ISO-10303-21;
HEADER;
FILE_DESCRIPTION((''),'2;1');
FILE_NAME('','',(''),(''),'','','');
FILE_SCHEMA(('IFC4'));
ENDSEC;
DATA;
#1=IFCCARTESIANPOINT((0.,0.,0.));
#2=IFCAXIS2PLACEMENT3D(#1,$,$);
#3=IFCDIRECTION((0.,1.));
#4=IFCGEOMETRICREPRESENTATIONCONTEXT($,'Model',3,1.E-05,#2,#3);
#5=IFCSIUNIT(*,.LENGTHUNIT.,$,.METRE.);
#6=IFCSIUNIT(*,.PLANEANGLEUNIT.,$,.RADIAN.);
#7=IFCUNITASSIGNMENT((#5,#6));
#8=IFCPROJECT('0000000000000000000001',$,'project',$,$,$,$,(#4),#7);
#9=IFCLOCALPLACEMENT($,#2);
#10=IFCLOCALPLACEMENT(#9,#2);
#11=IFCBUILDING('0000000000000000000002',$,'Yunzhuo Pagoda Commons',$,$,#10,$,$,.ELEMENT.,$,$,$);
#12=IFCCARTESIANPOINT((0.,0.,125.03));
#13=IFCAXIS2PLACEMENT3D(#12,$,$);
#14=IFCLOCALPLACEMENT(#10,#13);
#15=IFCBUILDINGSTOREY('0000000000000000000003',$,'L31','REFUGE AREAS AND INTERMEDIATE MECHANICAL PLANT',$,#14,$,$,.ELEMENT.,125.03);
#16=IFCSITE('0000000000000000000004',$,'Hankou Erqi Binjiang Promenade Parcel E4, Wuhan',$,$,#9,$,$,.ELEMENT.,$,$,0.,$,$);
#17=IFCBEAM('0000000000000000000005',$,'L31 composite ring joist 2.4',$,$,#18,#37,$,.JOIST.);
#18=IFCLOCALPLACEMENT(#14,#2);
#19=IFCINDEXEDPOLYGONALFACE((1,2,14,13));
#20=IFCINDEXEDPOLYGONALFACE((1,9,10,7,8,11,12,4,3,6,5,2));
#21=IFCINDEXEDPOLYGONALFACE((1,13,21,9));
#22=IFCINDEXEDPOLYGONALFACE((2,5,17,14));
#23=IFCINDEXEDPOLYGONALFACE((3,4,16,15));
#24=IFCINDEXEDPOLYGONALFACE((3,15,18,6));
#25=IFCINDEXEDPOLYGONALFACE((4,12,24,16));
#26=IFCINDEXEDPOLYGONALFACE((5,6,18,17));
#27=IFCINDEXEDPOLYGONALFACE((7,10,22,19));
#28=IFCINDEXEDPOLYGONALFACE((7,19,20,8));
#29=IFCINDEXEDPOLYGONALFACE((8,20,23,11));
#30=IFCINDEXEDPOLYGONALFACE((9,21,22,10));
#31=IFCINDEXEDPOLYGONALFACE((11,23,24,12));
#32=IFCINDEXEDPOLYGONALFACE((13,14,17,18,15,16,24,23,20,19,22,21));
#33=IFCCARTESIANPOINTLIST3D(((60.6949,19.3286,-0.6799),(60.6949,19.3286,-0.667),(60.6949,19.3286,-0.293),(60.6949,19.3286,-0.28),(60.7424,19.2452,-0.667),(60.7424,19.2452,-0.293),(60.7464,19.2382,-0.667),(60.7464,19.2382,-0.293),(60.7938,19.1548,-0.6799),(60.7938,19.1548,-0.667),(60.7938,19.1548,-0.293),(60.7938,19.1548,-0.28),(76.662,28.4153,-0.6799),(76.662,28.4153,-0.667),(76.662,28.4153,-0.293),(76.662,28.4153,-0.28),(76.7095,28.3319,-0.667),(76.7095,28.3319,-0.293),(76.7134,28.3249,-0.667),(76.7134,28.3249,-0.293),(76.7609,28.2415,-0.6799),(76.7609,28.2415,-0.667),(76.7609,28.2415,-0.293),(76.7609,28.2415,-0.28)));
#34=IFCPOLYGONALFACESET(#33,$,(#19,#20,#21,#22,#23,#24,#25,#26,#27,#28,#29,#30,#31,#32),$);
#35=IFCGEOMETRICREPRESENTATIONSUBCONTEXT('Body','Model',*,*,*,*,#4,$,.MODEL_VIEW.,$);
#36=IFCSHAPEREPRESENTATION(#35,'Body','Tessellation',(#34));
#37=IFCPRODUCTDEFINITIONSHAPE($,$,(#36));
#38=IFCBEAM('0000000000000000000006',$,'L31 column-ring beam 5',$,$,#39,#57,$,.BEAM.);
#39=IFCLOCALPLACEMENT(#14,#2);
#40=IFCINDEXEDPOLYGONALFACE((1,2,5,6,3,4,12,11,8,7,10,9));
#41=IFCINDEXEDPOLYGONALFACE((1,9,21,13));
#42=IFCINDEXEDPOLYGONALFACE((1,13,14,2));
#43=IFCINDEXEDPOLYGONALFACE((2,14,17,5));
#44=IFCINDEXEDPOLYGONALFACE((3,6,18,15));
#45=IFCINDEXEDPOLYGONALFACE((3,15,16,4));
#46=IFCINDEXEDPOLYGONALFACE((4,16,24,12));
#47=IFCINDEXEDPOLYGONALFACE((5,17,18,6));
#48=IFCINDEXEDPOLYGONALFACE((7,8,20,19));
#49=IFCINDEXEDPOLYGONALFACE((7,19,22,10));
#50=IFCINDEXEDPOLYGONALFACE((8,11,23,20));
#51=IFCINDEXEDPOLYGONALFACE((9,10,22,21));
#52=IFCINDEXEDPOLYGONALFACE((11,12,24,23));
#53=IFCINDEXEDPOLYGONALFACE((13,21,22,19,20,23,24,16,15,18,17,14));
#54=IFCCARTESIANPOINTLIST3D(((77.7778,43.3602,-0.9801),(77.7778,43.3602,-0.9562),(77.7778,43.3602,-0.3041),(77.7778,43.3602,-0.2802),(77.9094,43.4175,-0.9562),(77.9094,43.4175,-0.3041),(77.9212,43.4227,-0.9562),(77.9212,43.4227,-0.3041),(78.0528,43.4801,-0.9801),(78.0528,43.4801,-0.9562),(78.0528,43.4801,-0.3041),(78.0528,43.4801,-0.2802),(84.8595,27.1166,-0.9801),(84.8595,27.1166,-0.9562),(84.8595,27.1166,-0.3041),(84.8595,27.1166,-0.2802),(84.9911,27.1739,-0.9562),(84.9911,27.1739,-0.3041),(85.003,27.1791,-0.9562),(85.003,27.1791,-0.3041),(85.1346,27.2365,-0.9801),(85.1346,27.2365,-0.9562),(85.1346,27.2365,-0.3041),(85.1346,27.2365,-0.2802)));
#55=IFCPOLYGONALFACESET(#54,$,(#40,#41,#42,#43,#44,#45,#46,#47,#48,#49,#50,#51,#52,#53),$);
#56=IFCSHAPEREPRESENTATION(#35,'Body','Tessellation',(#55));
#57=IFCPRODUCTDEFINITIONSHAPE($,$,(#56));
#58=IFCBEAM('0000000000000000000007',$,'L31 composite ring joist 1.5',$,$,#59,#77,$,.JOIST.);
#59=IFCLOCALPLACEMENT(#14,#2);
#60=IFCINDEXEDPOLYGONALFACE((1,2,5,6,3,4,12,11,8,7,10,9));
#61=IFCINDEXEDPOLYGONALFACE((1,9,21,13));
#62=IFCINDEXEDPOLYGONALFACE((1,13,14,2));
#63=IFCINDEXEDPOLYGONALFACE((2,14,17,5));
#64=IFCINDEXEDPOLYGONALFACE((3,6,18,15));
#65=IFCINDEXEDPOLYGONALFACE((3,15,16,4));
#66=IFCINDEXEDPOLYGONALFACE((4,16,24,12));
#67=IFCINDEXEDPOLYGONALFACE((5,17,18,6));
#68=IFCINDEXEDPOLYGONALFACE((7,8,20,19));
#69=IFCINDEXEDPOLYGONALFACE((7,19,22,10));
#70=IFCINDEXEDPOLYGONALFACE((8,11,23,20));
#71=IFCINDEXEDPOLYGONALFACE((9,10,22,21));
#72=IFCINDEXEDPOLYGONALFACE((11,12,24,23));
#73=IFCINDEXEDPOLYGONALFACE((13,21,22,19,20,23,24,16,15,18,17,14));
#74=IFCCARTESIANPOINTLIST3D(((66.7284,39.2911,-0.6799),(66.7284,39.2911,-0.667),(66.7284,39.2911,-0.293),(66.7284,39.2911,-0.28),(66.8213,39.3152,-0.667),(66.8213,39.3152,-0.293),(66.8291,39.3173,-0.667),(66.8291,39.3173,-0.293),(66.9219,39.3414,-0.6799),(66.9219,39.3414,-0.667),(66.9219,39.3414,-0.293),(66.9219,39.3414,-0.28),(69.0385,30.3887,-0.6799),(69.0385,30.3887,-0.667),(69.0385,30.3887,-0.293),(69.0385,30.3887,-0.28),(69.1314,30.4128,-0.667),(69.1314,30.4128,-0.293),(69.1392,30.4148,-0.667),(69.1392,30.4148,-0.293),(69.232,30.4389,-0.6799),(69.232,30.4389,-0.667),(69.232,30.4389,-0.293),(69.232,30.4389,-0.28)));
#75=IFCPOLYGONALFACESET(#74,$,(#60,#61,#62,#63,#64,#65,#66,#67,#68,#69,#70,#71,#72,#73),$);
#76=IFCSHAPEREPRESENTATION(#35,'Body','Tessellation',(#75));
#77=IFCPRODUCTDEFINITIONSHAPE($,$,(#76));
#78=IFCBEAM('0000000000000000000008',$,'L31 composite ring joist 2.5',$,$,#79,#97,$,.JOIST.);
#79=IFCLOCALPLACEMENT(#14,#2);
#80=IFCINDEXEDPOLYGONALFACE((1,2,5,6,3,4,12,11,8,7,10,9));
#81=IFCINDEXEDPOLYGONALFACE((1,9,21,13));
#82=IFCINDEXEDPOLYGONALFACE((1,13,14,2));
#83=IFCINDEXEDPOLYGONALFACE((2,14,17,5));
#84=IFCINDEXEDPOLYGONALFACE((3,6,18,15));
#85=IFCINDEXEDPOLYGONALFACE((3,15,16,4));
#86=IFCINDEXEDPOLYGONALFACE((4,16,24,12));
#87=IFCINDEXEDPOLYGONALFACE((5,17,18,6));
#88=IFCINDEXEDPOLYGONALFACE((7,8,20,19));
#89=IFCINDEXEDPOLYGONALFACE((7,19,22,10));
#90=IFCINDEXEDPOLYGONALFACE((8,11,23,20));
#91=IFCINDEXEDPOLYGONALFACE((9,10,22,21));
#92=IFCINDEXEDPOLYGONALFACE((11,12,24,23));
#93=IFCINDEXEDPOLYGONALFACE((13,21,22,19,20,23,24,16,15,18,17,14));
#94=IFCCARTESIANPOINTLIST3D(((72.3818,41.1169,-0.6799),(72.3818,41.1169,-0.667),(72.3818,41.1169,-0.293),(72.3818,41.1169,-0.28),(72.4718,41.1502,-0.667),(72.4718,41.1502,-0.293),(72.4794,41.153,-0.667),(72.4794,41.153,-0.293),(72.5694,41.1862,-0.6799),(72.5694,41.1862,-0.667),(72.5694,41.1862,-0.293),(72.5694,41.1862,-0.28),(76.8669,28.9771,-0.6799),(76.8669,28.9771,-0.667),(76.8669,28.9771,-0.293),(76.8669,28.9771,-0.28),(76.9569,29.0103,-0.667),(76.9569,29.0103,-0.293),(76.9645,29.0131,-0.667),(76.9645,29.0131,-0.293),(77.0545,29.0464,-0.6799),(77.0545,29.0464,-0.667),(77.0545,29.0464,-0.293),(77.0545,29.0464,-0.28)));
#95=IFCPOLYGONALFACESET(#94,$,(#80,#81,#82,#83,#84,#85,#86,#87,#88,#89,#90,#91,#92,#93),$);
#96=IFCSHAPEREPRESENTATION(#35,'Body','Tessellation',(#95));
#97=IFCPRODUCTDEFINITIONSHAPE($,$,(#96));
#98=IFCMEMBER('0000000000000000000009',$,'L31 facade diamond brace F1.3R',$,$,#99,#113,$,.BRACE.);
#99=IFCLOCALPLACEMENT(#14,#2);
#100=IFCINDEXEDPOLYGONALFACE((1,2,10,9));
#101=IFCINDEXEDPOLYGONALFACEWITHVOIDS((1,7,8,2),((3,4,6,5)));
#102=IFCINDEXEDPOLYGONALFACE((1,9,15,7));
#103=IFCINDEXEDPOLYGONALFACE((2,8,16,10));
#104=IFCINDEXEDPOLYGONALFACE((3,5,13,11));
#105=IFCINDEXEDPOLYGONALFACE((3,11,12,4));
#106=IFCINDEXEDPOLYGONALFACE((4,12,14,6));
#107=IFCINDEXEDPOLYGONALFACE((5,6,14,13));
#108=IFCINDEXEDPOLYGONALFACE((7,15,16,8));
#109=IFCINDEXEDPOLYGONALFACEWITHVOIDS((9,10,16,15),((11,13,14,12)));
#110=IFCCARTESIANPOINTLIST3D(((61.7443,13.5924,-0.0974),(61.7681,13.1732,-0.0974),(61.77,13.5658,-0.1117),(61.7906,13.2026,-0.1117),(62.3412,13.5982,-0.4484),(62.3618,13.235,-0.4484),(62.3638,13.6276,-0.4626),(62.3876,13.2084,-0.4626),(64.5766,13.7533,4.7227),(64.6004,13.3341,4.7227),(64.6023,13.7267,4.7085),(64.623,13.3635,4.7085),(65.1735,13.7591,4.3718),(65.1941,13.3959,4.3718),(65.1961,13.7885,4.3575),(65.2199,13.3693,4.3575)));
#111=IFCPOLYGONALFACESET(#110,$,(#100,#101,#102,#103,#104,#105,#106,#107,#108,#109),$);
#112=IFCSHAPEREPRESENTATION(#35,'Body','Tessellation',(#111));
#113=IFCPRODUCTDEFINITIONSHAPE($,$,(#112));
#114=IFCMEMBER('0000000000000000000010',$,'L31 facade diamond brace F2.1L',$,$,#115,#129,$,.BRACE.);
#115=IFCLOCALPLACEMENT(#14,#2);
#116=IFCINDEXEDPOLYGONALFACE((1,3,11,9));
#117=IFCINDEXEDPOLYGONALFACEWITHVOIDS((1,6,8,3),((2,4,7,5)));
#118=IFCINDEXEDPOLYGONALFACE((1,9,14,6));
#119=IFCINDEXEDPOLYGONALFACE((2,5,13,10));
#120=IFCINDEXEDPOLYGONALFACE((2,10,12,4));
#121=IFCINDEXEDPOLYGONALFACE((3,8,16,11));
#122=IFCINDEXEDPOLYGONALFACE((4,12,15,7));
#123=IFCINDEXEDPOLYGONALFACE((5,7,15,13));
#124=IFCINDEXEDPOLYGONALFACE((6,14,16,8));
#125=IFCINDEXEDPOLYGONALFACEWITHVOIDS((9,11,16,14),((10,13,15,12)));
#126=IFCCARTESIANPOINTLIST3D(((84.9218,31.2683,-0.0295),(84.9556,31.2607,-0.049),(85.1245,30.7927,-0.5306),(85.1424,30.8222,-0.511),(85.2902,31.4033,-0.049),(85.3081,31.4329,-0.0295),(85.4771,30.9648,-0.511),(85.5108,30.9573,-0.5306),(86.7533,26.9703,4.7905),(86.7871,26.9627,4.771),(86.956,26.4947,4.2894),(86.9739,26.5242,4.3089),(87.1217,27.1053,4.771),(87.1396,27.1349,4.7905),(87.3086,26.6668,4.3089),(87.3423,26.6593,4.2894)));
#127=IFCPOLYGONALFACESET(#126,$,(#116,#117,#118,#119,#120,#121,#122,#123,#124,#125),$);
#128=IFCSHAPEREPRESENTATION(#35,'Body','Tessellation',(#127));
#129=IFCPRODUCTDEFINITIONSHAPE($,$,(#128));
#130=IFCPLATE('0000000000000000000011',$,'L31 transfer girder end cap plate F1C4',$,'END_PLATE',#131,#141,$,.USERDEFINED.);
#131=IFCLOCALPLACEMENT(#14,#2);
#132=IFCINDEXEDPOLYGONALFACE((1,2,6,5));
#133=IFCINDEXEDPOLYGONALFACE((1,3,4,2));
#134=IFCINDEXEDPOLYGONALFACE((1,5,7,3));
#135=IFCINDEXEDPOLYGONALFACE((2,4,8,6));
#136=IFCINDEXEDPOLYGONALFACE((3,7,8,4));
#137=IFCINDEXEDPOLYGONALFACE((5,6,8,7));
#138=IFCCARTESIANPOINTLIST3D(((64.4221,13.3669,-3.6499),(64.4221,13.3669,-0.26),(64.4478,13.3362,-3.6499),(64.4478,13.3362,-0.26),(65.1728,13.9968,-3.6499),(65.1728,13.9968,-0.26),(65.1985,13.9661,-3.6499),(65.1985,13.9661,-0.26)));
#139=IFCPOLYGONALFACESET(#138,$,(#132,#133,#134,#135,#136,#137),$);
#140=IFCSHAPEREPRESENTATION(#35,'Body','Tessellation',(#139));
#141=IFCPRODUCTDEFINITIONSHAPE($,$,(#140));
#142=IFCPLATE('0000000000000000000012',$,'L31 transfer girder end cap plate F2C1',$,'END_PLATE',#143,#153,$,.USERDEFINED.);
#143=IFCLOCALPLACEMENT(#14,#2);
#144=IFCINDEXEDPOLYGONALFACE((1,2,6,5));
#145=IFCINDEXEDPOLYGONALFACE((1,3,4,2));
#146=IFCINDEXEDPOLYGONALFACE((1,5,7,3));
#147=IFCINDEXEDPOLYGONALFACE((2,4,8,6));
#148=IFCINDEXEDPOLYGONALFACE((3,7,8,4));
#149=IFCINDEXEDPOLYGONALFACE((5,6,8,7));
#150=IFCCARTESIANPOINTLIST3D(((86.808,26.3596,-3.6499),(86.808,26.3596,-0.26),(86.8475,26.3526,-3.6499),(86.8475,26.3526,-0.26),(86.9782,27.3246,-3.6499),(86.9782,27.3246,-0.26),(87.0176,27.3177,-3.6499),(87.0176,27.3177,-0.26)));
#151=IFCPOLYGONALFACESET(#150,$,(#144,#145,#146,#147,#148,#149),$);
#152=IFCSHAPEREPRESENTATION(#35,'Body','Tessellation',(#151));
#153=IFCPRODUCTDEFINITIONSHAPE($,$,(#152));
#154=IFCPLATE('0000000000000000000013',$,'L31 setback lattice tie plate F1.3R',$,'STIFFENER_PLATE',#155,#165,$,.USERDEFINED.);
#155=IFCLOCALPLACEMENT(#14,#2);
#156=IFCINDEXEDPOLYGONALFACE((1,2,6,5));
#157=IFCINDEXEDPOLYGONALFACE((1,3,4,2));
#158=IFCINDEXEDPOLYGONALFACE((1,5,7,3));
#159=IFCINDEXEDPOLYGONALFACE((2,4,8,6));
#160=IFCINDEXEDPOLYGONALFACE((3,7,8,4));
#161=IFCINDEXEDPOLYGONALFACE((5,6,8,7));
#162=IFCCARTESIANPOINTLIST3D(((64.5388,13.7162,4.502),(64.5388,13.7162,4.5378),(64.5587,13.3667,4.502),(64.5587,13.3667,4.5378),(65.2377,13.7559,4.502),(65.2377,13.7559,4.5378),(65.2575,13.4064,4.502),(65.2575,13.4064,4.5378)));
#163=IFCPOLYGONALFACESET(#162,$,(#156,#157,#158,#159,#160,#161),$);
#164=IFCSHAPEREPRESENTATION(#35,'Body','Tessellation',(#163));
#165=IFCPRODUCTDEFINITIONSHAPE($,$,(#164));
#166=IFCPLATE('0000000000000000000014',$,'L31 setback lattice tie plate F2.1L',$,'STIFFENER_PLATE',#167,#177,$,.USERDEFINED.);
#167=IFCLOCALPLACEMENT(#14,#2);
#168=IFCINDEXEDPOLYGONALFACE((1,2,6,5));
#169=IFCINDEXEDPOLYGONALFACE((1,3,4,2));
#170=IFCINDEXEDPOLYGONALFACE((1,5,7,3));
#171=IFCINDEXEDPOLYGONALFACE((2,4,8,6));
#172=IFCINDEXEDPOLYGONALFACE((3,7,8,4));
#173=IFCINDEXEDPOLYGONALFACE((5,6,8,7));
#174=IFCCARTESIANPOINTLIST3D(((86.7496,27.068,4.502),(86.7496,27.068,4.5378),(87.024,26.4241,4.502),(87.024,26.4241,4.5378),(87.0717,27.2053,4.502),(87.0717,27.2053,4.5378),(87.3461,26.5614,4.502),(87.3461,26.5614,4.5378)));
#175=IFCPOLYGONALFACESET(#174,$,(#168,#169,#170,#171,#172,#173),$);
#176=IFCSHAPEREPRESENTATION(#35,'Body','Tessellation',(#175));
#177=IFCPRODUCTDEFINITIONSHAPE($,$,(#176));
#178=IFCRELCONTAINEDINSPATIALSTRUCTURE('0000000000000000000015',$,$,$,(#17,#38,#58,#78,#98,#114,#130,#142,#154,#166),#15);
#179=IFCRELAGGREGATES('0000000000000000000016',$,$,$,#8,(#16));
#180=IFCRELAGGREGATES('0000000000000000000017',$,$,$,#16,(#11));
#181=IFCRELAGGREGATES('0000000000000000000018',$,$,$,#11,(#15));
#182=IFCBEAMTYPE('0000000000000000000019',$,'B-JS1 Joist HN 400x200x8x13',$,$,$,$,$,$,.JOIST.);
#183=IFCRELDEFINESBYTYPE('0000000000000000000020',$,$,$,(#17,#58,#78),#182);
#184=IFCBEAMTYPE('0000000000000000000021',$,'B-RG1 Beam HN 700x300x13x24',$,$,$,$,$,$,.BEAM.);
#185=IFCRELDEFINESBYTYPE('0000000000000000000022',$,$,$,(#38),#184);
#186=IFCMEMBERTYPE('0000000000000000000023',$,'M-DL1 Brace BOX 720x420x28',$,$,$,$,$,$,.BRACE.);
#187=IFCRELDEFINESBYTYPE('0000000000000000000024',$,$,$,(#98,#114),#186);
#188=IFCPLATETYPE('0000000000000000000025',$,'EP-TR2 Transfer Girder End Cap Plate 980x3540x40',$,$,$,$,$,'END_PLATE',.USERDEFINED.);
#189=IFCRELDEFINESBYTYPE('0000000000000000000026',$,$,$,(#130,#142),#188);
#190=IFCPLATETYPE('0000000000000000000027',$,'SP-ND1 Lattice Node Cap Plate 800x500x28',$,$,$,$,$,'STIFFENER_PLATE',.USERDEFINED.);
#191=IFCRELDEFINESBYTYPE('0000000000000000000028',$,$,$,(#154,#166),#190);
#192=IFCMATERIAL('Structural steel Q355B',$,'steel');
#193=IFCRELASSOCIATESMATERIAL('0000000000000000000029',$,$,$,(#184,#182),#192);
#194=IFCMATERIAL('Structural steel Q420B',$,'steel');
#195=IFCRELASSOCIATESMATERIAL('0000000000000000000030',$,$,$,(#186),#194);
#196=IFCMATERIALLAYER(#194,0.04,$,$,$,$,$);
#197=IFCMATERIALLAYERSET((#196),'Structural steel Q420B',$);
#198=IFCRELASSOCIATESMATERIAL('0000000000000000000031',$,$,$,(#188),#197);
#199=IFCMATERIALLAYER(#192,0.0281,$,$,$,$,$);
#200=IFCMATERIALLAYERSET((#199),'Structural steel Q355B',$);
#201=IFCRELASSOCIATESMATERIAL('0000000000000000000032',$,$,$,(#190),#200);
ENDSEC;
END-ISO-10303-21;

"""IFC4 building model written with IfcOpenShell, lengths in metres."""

from ifc_helpers import new_model, si_unit, direction, frame, origin, origin_2d, place, context, subcontext, project, spatial, rectangle, hollow_rectangle, i_section, extrude, source, transform, mapped, material, layer, layer_set, material_profile, profile_set, type_object, element, save


model = new_model("IFC4")

# Units and contexts
model_context = context("Model", 3, precision=1e-05, world=origin(), true_north=direction((0.0, 1.0)))
body_context = subcontext(model_context, "Body", "Model", "MODEL_VIEW")
ifc_project = project(units=[si_unit("LENGTHUNIT", "METRE"), si_unit("PLANEANGLEUNIT", "RADIAN")], contexts=[model_context])

# Site, building, storey
site_placement = place(None, origin())
site = spatial("IfcSite", under=ifc_project, at=site_placement, Name="Hankou Erqi Binjiang Promenade Parcel E4, Wuhan", CompositionType="ELEMENT", RefElevation=0.0)
building_placement = place(site_placement, origin())
building = spatial("IfcBuilding", under=site, at=building_placement, Name="Yunzhuo Pagoda Commons", CompositionType="ELEMENT")
storey_placement = place(building_placement, frame((0.0, 0.0, 125.03)))
storey = spatial("IfcBuildingStorey", under=building, at=storey_placement, Name="L31", Description="REFUGE AREAS AND INTERMEDIATE MECHANICAL PLANT", CompositionType="ELEMENT", Elevation=125.03)

# Shared definitions
ifc_material_1 = material(Name="Structural steel Q420B", Category="steel")

# Beams
ifc_material_2 = material(Name="Structural steel Q355B", Category="steel")
ifc_material_profile_1 = material_profile(ifc_material_2, i_section(OverallWidth=0.3, OverallDepth=0.7, WebThickness=0.0129, FlangeThickness=0.0239, at=origin_2d()), Name="Structural steel Q355B")
ifc_profile_set_1 = profile_set([ifc_material_profile_1], Name="Structural steel Q355B")
beam_type_1 = type_object("IfcBeamType", Name="B-RG1 Beam HN 700x300x13x24", PredefinedType="BEAM", material=ifc_profile_set_1)
ifc_material_profile_2 = material_profile(ifc_material_2, i_section(OverallWidth=0.2, OverallDepth=0.3999, WebThickness=0.0081, FlangeThickness=0.0129, at=origin_2d()), Name="Structural steel Q355B")
ifc_profile_set_2 = profile_set([ifc_material_profile_2], Name="Structural steel Q355B")
beam_type_2 = type_object("IfcBeamType", Name="B-JS1 Joist HN 400x200x8x13", PredefinedType="JOIST", material=ifc_profile_set_2)
shared_shape_1 = source(origin(), body_context, "Body", "SweptSolid", [
    extrude(i_section(OverallWidth=0.2, OverallDepth=0.3999, WebThickness=0.0081, FlangeThickness=0.0129, at=origin_2d()), origin(), (0.0, 0.0, 1.0), 18.3716),
])
beam_1_placement = place(storey_placement, frame((60.7444, 19.2417, -0.48), z_axis=(0.869118, 0.494605, 0.0), x_axis=(-0.494605, 0.869118, 0.0)))
element("IfcBeam", 1, at=beam_1_placement, inside=storey, type_object=beam_type_2, Name="L31 composite ring joist 2.4", PredefinedType="JOIST", context=body_context, shape_type="MappedRepresentation", body=[
    mapped(shared_shape_1, transform((0.0, 0.0, 0.0), scale=1.0)),
])
shared_shape_2 = source(origin(), body_context, "Body", "SweptSolid", [
    extrude(i_section(OverallWidth=0.3, OverallDepth=0.7, WebThickness=0.0129, FlangeThickness=0.0239, at=origin_2d()), origin(), (0.0, 0.0, 1.0), 17.7202),
])
beam_2_placement = place(storey_placement, frame((84.9971, 27.1765, -0.6301), z_axis=(-0.399643, 0.916671, 0.0), x_axis=(-0.916671, -0.399643, 0.0)))
element("IfcBeam", 2, at=beam_2_placement, inside=storey, type_object=beam_type_1, Name="L31 column-ring beam 5", PredefinedType="BEAM", context=body_context, shape_type="MappedRepresentation", body=[
    mapped(shared_shape_2, transform((0.0, 0.0, 0.0), scale=1.0)),
])
shared_shape_3 = source(origin(), body_context, "Body", "SweptSolid", [
    extrude(i_section(OverallWidth=0.2, OverallDepth=0.3999, WebThickness=0.0081, FlangeThickness=0.0129, at=origin_2d()), origin(), (0.0, 0.0, 1.0), 9.1973),
])
beam_3_placement = place(storey_placement, frame((69.1353, 30.4138, -0.48), z_axis=(-0.25117, 0.967943, 0.0), x_axis=(-0.967943, -0.25117, 0.0)))
element("IfcBeam", 3, at=beam_3_placement, inside=storey, type_object=beam_type_2, Name="L31 composite ring joist 1.5", PredefinedType="JOIST", context=body_context, shape_type="MappedRepresentation", body=[
    mapped(shared_shape_3, transform((0.0, 0.0, 0.0), scale=1.0)),
])
shared_shape_4 = source(origin(), body_context, "Body", "SweptSolid", [
    extrude(i_section(OverallWidth=0.2, OverallDepth=0.3999, WebThickness=0.0081, FlangeThickness=0.0129, at=origin_2d()), origin(), (0.0, 0.0, 1.0), 12.9419),
])
beam_4_placement = place(storey_placement, frame((76.9607, 29.0117, -0.48), z_axis=(-0.346557, 0.938029, 0.0), x_axis=(-0.938029, -0.346557, 0.0)))
element("IfcBeam", 4, at=beam_4_placement, inside=storey, type_object=beam_type_2, Name="L31 composite ring joist 2.5", PredefinedType="JOIST", context=body_context, shape_type="MappedRepresentation", body=[
    mapped(shared_shape_4, transform((0.0, 0.0, 0.0), scale=1.0)),
])

# Members
ifc_material_profile_3 = material_profile(ifc_material_1, hollow_rectangle(XDim=0.4199, YDim=0.72, WallThickness=0.0281, at=origin_2d()), Name="Structural steel Q420B")
ifc_profile_set_3 = profile_set([ifc_material_profile_3], Name="Structural steel Q420B")
member_type = type_object("IfcMemberType", Name="M-DL1 Brace BOX 720x420x28", PredefinedType="BRACE", material=ifc_profile_set_3)
shared_shape_5 = source(origin(), body_context, "Body", "SweptSolid", [
    extrude(hollow_rectangle(XDim=0.4199, YDim=0.72, WallThickness=0.0281, at=origin_2d()), origin(), (0.0, 0.0, 1.0), 5.593),
])
member_1_placement = place(storey_placement, frame((62.0659, 13.4004, -0.28), z_axis=(0.506404, 0.028767, 0.861816), x_axis=(-0.056714, 0.99839, 0.0)))
element("IfcMember", 5, at=member_1_placement, inside=storey, type_object=member_type, Name="L31 facade diamond brace F1.3R", PredefinedType="BRACE", context=body_context, shape_type="MappedRepresentation", body=[
    mapped(shared_shape_5, transform((0.0, 0.0, 0.0), scale=1.0)),
])
shared_shape_6 = source(origin(), body_context, "Body", "SweptSolid", [
    extrude(hollow_rectangle(XDim=0.4199, YDim=0.72, WallThickness=0.0281, at=origin_2d()), origin(), (0.0, 0.0, 1.0), 6.7126),
])
member_2_placement = place(storey_placement, frame((85.2163, 31.1128, -0.28), z_axis=(0.272845, -0.640287, 0.718045), x_axis=(0.919957, 0.39202, 0.0)))
element("IfcMember", 6, at=member_2_placement, inside=storey, type_object=member_type, Name="L31 facade diamond brace F2.1L", PredefinedType="BRACE", context=body_context, shape_type="MappedRepresentation", body=[
    mapped(shared_shape_6, transform((0.0, 0.0, 0.0), scale=1.0)),
])

# Plates
ifc_layer_1 = layer(ifc_material_1, 0.04)
ifc_layer_set_1 = layer_set([ifc_layer_1], Name="Structural steel Q420B")
plate_type_1 = type_object("IfcPlateType", Name="EP-TR2 Transfer Girder End Cap Plate 980x3540x40", ElementType="END_PLATE", PredefinedType="USERDEFINED", material=ifc_layer_set_1)
shared_shape_7 = source(origin(), body_context, "Body", "SweptSolid", [
    extrude(rectangle(XDim=0.98, YDim=0.04, at=origin_2d()), origin(), (0.0, 0.0, 1.0), 3.3899),
])
for number, where, z_axis, x_axis, name in (
    (7, (64.8103, 13.6665, -3.6499), (0.0, 0.0, 1.0), (0.766044, 0.642788, 0.0), "L31 transfer girder end cap plate F1C4"),
    (8, (86.9128, 26.8386, -3.6499), (0.0, 0.0, 1.0), (0.173648, 0.984808, 0.0), "L31 transfer girder end cap plate F2C1"),
):
    element("IfcPlate", number, at=place(storey_placement, frame(where, z_axis=z_axis, x_axis=x_axis)), inside=storey, type_object=plate_type_1, Name=name, ObjectType="END_PLATE", PredefinedType="USERDEFINED", context=body_context, shape_type="MappedRepresentation", body=[
        mapped(shared_shape_7, transform((0.0, 0.0, 0.0), scale=1.0)),
    ])
ifc_layer_2 = layer(ifc_material_2, 0.0281)
ifc_layer_set_2 = layer_set([ifc_layer_2], Name="Structural steel Q355B")
plate_type_2 = type_object("IfcPlateType", Name="SP-ND1 Lattice Node Cap Plate 800x500x28", ElementType="STIFFENER_PLATE", PredefinedType="USERDEFINED", material=ifc_layer_set_2)
shared_shape_8 = source(origin(), body_context, "Body", "SweptSolid", [
    extrude(rectangle(XDim=0.7, YDim=0.3501, at=origin_2d()), origin(), (0.0, 0.0, 1.0), 0.0359),
])
for number, where, z_axis, x_axis, name in (
    (9, (64.8982, 13.5613, 4.502), (0.0, 0.0, 1.0), (0.998389, 0.056745, 0.0), "L31 setback lattice tie plate F1.3R"),
    (10, (87.0479, 26.8147, 4.502), (0.0, 0.0, 1.0), (-0.39208, 0.919931, 0.0), "L31 setback lattice tie plate F2.1L"),
):
    element("IfcPlate", number, at=place(storey_placement, frame(where, z_axis=z_axis, x_axis=x_axis)), inside=storey, type_object=plate_type_2, Name=name, ObjectType="STIFFENER_PLATE", PredefinedType="USERDEFINED", context=body_context, shape_type="MappedRepresentation", body=[
        mapped(shared_shape_8, transform((0.0, 0.0, 0.0), scale=1.0)),
    ])

save(model, "model.ifc")
